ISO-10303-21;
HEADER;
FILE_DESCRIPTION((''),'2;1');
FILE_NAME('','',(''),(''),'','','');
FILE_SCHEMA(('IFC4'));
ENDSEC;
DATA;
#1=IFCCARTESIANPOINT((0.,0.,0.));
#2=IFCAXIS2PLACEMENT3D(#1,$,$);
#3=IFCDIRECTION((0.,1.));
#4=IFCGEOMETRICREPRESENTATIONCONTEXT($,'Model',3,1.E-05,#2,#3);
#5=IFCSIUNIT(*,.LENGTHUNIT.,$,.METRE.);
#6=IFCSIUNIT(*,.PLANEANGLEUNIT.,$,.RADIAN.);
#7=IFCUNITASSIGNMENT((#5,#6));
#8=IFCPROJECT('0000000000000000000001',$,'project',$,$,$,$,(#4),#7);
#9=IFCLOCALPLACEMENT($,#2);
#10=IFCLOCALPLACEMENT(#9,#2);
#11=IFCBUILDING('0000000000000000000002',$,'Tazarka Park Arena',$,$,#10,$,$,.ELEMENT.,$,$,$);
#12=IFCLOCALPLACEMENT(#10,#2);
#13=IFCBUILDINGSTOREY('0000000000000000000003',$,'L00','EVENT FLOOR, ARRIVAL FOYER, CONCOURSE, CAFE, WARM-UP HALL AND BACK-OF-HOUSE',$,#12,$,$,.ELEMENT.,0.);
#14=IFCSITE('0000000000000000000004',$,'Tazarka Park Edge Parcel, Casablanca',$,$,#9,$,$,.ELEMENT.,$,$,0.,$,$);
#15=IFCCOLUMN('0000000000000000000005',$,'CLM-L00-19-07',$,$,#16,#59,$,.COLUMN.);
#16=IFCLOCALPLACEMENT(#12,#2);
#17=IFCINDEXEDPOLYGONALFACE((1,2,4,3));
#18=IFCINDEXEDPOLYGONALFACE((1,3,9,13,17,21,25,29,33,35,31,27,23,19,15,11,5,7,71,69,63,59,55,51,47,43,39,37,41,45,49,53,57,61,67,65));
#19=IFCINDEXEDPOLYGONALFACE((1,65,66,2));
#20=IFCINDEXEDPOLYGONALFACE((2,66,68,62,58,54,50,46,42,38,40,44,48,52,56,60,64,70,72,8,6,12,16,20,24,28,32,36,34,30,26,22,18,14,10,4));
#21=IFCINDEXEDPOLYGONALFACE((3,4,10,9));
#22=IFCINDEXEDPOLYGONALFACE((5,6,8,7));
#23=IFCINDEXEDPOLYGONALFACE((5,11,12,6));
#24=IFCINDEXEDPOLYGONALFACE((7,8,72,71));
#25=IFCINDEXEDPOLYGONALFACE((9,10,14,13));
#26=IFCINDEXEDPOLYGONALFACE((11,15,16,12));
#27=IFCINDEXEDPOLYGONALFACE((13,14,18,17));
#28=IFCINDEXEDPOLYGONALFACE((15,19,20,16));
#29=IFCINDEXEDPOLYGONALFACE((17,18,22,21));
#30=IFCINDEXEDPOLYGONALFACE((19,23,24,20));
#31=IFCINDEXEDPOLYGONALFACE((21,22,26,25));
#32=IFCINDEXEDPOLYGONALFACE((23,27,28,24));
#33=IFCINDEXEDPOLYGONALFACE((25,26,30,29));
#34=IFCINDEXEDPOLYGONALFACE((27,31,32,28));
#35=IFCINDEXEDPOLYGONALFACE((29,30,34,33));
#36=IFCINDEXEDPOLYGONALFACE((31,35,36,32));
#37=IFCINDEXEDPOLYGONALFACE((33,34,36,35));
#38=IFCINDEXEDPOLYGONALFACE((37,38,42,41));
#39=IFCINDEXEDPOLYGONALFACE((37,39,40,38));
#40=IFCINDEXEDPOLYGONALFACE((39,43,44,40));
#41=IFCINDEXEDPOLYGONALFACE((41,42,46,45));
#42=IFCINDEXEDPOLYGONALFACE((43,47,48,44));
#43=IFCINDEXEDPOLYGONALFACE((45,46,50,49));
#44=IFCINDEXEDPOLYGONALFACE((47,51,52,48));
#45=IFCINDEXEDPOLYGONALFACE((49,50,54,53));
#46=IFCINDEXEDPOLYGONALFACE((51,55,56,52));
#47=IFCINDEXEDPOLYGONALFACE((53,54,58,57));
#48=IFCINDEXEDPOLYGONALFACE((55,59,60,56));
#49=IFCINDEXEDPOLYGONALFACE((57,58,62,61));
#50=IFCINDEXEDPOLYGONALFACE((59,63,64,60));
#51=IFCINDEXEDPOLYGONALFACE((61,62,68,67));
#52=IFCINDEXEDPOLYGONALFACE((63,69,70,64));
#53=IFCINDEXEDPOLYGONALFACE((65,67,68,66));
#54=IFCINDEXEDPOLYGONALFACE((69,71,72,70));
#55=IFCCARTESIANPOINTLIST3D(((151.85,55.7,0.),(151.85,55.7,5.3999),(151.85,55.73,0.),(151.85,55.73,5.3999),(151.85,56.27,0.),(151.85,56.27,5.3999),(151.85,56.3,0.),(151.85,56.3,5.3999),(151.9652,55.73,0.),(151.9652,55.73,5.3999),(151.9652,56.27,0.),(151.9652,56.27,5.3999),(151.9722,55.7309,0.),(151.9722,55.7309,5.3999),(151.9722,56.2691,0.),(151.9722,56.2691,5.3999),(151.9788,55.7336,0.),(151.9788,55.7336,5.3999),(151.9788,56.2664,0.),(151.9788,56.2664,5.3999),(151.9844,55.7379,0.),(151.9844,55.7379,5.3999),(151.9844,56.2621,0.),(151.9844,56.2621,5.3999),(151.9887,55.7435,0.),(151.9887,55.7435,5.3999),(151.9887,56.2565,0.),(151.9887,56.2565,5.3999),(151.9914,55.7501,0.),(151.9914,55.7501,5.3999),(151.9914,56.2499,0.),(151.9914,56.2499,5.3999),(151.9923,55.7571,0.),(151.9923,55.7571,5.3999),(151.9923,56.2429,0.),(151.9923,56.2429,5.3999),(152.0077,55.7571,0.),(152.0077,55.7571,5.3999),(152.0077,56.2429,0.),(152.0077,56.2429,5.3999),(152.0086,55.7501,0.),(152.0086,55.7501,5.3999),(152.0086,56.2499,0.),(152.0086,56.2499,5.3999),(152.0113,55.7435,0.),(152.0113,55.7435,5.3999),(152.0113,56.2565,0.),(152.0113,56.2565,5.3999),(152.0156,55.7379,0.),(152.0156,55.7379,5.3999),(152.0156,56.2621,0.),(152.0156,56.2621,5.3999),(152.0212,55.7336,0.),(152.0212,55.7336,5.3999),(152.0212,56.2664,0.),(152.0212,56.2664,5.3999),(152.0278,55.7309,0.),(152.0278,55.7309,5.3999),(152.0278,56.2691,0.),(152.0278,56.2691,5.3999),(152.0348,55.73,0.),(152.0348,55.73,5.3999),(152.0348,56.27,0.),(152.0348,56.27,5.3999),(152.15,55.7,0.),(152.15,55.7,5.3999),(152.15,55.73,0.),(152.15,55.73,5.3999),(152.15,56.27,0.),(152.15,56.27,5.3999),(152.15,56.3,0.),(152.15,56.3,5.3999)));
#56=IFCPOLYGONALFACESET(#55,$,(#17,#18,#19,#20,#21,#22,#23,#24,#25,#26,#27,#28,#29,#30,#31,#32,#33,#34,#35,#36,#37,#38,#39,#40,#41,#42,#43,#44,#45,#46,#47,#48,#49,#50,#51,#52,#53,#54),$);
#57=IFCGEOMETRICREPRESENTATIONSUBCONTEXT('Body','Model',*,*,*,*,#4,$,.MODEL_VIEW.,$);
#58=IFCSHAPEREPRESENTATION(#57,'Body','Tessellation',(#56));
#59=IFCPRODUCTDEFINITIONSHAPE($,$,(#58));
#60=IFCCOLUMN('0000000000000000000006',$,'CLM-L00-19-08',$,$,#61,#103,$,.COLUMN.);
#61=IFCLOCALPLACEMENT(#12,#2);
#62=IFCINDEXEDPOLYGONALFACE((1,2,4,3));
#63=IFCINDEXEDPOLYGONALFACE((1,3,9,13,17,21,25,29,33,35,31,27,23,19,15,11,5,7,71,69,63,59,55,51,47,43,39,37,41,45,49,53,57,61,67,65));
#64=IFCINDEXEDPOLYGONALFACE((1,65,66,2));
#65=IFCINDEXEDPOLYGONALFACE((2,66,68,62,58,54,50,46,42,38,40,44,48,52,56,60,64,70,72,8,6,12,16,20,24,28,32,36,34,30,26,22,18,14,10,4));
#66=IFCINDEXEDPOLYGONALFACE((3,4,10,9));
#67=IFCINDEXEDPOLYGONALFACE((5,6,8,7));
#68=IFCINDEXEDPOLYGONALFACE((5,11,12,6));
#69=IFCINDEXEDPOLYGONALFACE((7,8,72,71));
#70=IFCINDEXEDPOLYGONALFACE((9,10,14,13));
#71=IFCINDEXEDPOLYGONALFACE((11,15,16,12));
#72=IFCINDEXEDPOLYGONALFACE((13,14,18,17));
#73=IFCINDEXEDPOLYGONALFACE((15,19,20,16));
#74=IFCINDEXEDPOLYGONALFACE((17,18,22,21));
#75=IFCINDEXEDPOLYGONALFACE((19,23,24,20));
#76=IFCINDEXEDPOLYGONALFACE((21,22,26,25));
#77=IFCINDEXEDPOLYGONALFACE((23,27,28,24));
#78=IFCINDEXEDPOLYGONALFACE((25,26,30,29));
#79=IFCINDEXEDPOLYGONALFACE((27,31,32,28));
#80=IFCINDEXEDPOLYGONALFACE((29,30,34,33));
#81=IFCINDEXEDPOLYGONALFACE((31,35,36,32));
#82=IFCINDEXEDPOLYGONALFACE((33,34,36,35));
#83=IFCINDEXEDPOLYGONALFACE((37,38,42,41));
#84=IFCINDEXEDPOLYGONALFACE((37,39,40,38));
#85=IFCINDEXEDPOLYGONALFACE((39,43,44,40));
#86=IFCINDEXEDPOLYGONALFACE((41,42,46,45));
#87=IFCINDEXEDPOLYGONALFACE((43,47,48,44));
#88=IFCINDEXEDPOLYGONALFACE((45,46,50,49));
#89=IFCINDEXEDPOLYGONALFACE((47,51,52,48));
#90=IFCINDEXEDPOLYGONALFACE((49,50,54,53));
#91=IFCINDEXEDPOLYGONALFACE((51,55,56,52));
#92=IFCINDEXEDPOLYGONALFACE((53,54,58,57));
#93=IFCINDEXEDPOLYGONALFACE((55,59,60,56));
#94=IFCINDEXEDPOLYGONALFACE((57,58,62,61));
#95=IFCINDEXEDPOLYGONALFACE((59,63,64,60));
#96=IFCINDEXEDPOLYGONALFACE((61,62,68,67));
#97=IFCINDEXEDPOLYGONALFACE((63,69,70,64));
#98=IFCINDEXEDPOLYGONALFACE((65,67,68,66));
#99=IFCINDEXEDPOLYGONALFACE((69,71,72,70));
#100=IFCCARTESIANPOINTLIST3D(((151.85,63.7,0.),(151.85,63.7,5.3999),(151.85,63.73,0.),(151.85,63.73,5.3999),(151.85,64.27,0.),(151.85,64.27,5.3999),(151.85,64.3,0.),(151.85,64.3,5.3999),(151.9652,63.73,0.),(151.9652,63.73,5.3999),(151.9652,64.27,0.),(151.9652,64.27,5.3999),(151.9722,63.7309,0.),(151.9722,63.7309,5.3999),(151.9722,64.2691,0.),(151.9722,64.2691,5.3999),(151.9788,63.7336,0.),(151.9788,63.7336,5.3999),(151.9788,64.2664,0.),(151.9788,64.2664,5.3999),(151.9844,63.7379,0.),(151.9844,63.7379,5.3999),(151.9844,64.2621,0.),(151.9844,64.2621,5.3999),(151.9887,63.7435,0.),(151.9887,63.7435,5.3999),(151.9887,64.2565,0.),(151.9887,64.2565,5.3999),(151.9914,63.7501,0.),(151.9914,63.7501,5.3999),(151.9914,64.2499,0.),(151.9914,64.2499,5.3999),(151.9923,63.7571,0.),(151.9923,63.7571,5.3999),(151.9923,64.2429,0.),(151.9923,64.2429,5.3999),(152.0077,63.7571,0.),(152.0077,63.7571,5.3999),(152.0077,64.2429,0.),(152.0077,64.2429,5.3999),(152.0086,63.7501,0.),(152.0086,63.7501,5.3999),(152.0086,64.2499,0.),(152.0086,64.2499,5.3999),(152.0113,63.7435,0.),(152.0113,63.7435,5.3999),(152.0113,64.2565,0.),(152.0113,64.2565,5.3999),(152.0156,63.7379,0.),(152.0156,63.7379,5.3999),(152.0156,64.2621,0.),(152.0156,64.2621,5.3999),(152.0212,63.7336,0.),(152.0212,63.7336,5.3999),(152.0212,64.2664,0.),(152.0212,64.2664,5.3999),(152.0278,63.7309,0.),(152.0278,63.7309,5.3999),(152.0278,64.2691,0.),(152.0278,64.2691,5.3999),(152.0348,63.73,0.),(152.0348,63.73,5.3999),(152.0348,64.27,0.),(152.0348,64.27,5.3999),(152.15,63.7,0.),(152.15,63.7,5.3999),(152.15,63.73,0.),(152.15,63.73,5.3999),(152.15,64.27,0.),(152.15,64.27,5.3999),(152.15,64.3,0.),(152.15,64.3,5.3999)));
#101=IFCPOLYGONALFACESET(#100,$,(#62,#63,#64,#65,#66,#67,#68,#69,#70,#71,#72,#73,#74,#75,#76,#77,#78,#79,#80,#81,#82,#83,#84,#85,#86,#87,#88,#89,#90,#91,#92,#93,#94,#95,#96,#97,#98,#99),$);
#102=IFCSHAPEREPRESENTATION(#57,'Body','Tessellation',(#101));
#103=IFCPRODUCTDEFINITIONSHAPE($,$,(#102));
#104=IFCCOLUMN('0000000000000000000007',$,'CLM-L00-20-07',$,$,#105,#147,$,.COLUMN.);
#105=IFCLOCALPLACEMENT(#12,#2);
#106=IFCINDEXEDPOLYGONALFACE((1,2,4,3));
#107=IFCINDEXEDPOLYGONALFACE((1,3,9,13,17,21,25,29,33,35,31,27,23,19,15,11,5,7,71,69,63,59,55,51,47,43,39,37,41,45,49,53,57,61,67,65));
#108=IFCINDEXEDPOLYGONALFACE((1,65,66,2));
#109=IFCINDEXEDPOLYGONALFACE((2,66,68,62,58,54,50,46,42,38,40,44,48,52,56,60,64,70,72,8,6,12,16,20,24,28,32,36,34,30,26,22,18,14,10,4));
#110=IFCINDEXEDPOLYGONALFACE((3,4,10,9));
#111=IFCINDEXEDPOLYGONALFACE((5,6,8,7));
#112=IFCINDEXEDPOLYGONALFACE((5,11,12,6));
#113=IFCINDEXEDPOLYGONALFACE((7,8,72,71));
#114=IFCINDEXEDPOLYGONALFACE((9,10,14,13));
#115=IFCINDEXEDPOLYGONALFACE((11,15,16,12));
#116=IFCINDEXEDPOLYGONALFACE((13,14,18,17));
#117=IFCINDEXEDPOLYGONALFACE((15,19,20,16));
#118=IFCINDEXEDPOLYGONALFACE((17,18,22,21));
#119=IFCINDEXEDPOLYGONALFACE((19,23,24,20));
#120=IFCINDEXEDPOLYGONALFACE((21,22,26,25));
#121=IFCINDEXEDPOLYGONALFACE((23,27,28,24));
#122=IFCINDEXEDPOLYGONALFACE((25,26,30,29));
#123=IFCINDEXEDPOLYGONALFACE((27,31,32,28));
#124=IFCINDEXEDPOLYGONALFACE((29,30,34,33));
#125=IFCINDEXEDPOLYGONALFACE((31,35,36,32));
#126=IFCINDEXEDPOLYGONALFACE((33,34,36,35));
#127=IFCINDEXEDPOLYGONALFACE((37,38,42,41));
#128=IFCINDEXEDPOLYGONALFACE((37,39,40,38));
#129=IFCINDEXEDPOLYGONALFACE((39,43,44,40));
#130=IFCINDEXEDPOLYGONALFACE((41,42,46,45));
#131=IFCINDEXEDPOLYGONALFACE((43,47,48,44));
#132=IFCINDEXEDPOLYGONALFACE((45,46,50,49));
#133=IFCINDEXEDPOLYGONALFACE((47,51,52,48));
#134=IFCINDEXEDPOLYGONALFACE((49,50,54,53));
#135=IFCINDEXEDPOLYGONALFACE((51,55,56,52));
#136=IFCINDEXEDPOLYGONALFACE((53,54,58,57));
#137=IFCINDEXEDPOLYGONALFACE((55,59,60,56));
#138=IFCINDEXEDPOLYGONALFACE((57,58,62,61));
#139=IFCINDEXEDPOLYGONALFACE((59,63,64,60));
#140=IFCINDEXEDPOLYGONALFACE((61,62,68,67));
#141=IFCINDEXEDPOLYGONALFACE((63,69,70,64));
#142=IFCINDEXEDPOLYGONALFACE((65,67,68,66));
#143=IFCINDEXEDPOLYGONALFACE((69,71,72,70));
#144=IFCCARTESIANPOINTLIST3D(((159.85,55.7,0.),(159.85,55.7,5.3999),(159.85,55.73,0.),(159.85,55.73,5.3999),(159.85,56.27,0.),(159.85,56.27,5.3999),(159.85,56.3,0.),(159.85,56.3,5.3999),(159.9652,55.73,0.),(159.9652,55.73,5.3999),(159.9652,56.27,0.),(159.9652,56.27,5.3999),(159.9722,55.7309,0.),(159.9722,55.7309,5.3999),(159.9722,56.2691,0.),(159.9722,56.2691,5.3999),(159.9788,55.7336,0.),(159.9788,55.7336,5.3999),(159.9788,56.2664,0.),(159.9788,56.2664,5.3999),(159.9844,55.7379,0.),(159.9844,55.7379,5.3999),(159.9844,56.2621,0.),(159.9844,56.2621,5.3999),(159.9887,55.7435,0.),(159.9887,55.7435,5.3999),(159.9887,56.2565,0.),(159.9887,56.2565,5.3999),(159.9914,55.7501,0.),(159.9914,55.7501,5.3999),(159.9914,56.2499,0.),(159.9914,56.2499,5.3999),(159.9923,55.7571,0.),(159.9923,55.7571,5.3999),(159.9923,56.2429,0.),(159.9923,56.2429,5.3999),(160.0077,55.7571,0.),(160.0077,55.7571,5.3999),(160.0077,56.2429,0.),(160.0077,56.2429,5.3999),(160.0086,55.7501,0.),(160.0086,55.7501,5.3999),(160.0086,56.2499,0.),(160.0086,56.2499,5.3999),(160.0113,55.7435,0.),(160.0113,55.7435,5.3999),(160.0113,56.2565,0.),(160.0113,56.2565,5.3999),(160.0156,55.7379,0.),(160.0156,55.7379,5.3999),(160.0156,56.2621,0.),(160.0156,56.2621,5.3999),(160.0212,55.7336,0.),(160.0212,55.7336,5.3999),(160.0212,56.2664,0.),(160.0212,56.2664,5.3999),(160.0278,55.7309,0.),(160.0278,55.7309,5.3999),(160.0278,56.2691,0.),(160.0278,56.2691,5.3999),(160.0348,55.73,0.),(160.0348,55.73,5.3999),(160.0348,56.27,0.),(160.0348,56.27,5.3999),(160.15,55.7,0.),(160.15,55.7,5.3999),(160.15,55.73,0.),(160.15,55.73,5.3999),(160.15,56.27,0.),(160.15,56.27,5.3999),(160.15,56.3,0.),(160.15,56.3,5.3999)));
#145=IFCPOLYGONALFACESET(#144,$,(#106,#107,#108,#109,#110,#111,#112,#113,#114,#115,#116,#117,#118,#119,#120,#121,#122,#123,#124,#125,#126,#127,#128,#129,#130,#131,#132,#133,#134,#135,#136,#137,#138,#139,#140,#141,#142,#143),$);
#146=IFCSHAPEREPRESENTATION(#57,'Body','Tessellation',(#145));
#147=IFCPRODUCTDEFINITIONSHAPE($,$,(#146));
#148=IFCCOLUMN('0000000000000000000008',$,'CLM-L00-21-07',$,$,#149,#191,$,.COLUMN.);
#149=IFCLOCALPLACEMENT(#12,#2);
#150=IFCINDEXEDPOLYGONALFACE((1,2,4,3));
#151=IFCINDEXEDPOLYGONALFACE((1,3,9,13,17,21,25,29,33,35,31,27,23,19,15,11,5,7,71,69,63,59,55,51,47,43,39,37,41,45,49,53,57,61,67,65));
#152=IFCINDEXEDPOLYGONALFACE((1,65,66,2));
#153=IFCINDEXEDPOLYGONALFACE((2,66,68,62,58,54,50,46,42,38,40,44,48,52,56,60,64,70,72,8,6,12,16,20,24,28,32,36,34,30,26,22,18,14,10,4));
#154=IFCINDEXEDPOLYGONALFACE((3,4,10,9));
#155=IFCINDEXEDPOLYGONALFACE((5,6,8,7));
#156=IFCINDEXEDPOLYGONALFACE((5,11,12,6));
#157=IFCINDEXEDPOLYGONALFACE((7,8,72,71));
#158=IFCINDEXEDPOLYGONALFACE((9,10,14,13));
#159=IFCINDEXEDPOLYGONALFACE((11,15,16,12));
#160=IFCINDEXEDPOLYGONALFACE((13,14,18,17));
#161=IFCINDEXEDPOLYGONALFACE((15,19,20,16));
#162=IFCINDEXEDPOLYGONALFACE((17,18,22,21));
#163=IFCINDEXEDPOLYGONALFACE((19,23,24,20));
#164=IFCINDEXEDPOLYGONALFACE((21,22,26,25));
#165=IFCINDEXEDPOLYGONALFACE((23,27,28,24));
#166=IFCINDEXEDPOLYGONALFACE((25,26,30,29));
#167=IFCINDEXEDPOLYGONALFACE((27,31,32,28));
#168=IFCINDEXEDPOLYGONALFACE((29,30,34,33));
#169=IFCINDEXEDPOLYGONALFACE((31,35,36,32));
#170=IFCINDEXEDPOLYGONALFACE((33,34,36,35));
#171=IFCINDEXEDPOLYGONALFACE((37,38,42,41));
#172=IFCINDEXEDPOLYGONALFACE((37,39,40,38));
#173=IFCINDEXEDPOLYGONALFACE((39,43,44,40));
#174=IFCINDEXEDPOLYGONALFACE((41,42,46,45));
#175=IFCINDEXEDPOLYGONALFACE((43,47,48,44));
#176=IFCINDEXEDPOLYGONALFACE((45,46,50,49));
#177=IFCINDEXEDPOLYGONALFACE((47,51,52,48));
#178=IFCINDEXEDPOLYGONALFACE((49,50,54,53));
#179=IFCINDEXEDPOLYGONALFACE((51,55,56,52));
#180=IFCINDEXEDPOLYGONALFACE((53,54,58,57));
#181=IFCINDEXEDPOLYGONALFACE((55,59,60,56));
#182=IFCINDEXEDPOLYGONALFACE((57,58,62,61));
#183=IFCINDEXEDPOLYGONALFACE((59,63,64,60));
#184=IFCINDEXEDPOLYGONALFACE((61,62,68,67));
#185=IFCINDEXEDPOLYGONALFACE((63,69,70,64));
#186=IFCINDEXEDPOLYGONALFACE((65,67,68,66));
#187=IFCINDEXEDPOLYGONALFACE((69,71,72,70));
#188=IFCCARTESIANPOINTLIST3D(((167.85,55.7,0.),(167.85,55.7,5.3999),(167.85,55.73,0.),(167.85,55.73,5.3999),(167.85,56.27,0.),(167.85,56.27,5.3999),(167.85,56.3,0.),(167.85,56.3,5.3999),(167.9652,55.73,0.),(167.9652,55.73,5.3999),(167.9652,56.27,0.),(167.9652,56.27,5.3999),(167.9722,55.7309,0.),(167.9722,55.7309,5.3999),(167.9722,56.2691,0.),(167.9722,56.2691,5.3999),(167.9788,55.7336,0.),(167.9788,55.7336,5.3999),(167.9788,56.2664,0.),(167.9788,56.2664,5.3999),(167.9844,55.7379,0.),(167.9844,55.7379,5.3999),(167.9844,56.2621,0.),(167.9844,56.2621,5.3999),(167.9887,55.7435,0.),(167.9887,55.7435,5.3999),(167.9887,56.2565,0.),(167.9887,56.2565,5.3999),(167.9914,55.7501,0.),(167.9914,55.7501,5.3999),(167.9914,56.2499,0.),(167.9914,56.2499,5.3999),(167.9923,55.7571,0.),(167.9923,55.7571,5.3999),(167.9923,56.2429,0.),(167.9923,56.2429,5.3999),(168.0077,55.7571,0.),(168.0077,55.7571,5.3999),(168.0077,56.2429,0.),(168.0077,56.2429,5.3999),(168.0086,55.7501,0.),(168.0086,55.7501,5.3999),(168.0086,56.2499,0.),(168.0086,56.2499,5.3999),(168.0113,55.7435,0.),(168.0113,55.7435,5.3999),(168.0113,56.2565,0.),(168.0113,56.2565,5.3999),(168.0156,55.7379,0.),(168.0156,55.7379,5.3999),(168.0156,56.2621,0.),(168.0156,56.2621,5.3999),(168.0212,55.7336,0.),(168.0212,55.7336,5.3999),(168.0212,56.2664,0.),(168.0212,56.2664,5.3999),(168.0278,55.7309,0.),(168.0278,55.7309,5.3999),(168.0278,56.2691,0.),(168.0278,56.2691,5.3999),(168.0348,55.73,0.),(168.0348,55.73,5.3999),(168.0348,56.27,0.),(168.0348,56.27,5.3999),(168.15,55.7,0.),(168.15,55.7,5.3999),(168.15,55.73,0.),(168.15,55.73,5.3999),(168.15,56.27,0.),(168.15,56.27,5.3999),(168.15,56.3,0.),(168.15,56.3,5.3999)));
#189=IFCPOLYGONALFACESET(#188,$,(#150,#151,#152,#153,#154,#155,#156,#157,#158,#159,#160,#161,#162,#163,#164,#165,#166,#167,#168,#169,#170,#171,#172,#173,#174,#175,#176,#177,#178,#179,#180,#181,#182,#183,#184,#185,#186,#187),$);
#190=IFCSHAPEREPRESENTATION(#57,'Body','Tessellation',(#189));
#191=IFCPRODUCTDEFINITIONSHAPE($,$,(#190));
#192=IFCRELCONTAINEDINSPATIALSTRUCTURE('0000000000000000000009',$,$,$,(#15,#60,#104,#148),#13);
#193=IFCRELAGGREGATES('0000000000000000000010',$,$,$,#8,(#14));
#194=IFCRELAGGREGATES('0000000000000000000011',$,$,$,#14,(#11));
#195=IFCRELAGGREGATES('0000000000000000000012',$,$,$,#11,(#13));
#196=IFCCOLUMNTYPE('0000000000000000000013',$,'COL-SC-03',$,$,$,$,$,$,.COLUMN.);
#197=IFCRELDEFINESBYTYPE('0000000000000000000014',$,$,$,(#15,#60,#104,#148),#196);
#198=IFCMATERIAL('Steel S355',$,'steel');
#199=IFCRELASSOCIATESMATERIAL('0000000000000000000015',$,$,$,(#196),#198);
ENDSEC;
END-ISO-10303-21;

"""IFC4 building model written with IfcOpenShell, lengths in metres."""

from ifc_helpers import new_model, si_unit, direction, frame, origin, origin_2d, place, context, subcontext, project, spatial, i_section, extrude, material, material_profile, profile_set, type_object, element, save


model = new_model("IFC4")

# Units and contexts
model_context = context("Model", 3, precision=1e-05, world=origin(), true_north=direction((0.0, 1.0)))
body_context = subcontext(model_context, "Body", "Model", "MODEL_VIEW")
ifc_project = project(units=[si_unit("LENGTHUNIT", "METRE"), si_unit("PLANEANGLEUNIT", "RADIAN")], contexts=[model_context])

# Site, building, storey
site_placement = place(None, origin())
site = spatial("IfcSite", under=ifc_project, at=site_placement, Name="Tazarka Park Edge Parcel, Casablanca", CompositionType="ELEMENT", RefElevation=0.0)
building_placement = place(site_placement, origin())
building = spatial("IfcBuilding", under=site, at=building_placement, Name="Tazarka Park Arena", CompositionType="ELEMENT")
storey_placement = place(building_placement, origin())
storey = spatial("IfcBuildingStorey", under=building, at=storey_placement, Name="L00", Description="EVENT FLOOR, ARRIVAL FOYER, CONCOURSE, CAFE, WARM-UP HALL AND BACK-OF-HOUSE", CompositionType="ELEMENT", Elevation=0.0)

# Columns
ifc_material_1 = material(Name="Steel S355", Category="steel")
ifc_material_profile_1 = material_profile(ifc_material_1, i_section(OverallWidth=0.3, OverallDepth=0.6001, WebThickness=0.0154, FlangeThickness=0.03, FilletRadius=0.0271, at=origin_2d()), Name="Steel S355")
ifc_profile_set_1 = profile_set([ifc_material_profile_1], Name="Steel S355")
column_type_1 = type_object("IfcColumnType", Name="COL-SC-03", PredefinedType="COLUMN", material=ifc_profile_set_1)
for number, where, z_axis, x_axis, name in (
    (1, (152.0, 56.0, 0.0), (0.0, 0.0, 1.0), (1.0, 0.0, 0.0), "CLM-L00-19-07"),
    (2, (152.0, 64.0, 0.0), (0.0, 0.0, 1.0), (1.0, 0.0, 0.0), "CLM-L00-19-08"),
    (3, (160.0, 56.0, 0.0), (0.0, 0.0, 1.0), (1.0, 0.0, 0.0), "CLM-L00-20-07"),
    (4, (168.0, 56.0, 0.0), (0.0, 0.0, 1.0), (1.0, 0.0, 0.0), "CLM-L00-21-07"),
):
    element("IfcColumn", number, at=place(storey_placement, frame(where, z_axis=z_axis, x_axis=x_axis)), inside=storey, type_object=column_type_1, Name=name, PredefinedType="COLUMN", context=body_context, shape_type="SweptSolid", body=[
        extrude(i_section(OverallWidth=0.3, OverallDepth=0.6001, WebThickness=0.0154, FlangeThickness=0.03, FilletRadius=0.0271, at=origin_2d()), origin(), (0.0, 0.0, 1.0), 5.3999),
    ])

save(model, "model.ifc")
